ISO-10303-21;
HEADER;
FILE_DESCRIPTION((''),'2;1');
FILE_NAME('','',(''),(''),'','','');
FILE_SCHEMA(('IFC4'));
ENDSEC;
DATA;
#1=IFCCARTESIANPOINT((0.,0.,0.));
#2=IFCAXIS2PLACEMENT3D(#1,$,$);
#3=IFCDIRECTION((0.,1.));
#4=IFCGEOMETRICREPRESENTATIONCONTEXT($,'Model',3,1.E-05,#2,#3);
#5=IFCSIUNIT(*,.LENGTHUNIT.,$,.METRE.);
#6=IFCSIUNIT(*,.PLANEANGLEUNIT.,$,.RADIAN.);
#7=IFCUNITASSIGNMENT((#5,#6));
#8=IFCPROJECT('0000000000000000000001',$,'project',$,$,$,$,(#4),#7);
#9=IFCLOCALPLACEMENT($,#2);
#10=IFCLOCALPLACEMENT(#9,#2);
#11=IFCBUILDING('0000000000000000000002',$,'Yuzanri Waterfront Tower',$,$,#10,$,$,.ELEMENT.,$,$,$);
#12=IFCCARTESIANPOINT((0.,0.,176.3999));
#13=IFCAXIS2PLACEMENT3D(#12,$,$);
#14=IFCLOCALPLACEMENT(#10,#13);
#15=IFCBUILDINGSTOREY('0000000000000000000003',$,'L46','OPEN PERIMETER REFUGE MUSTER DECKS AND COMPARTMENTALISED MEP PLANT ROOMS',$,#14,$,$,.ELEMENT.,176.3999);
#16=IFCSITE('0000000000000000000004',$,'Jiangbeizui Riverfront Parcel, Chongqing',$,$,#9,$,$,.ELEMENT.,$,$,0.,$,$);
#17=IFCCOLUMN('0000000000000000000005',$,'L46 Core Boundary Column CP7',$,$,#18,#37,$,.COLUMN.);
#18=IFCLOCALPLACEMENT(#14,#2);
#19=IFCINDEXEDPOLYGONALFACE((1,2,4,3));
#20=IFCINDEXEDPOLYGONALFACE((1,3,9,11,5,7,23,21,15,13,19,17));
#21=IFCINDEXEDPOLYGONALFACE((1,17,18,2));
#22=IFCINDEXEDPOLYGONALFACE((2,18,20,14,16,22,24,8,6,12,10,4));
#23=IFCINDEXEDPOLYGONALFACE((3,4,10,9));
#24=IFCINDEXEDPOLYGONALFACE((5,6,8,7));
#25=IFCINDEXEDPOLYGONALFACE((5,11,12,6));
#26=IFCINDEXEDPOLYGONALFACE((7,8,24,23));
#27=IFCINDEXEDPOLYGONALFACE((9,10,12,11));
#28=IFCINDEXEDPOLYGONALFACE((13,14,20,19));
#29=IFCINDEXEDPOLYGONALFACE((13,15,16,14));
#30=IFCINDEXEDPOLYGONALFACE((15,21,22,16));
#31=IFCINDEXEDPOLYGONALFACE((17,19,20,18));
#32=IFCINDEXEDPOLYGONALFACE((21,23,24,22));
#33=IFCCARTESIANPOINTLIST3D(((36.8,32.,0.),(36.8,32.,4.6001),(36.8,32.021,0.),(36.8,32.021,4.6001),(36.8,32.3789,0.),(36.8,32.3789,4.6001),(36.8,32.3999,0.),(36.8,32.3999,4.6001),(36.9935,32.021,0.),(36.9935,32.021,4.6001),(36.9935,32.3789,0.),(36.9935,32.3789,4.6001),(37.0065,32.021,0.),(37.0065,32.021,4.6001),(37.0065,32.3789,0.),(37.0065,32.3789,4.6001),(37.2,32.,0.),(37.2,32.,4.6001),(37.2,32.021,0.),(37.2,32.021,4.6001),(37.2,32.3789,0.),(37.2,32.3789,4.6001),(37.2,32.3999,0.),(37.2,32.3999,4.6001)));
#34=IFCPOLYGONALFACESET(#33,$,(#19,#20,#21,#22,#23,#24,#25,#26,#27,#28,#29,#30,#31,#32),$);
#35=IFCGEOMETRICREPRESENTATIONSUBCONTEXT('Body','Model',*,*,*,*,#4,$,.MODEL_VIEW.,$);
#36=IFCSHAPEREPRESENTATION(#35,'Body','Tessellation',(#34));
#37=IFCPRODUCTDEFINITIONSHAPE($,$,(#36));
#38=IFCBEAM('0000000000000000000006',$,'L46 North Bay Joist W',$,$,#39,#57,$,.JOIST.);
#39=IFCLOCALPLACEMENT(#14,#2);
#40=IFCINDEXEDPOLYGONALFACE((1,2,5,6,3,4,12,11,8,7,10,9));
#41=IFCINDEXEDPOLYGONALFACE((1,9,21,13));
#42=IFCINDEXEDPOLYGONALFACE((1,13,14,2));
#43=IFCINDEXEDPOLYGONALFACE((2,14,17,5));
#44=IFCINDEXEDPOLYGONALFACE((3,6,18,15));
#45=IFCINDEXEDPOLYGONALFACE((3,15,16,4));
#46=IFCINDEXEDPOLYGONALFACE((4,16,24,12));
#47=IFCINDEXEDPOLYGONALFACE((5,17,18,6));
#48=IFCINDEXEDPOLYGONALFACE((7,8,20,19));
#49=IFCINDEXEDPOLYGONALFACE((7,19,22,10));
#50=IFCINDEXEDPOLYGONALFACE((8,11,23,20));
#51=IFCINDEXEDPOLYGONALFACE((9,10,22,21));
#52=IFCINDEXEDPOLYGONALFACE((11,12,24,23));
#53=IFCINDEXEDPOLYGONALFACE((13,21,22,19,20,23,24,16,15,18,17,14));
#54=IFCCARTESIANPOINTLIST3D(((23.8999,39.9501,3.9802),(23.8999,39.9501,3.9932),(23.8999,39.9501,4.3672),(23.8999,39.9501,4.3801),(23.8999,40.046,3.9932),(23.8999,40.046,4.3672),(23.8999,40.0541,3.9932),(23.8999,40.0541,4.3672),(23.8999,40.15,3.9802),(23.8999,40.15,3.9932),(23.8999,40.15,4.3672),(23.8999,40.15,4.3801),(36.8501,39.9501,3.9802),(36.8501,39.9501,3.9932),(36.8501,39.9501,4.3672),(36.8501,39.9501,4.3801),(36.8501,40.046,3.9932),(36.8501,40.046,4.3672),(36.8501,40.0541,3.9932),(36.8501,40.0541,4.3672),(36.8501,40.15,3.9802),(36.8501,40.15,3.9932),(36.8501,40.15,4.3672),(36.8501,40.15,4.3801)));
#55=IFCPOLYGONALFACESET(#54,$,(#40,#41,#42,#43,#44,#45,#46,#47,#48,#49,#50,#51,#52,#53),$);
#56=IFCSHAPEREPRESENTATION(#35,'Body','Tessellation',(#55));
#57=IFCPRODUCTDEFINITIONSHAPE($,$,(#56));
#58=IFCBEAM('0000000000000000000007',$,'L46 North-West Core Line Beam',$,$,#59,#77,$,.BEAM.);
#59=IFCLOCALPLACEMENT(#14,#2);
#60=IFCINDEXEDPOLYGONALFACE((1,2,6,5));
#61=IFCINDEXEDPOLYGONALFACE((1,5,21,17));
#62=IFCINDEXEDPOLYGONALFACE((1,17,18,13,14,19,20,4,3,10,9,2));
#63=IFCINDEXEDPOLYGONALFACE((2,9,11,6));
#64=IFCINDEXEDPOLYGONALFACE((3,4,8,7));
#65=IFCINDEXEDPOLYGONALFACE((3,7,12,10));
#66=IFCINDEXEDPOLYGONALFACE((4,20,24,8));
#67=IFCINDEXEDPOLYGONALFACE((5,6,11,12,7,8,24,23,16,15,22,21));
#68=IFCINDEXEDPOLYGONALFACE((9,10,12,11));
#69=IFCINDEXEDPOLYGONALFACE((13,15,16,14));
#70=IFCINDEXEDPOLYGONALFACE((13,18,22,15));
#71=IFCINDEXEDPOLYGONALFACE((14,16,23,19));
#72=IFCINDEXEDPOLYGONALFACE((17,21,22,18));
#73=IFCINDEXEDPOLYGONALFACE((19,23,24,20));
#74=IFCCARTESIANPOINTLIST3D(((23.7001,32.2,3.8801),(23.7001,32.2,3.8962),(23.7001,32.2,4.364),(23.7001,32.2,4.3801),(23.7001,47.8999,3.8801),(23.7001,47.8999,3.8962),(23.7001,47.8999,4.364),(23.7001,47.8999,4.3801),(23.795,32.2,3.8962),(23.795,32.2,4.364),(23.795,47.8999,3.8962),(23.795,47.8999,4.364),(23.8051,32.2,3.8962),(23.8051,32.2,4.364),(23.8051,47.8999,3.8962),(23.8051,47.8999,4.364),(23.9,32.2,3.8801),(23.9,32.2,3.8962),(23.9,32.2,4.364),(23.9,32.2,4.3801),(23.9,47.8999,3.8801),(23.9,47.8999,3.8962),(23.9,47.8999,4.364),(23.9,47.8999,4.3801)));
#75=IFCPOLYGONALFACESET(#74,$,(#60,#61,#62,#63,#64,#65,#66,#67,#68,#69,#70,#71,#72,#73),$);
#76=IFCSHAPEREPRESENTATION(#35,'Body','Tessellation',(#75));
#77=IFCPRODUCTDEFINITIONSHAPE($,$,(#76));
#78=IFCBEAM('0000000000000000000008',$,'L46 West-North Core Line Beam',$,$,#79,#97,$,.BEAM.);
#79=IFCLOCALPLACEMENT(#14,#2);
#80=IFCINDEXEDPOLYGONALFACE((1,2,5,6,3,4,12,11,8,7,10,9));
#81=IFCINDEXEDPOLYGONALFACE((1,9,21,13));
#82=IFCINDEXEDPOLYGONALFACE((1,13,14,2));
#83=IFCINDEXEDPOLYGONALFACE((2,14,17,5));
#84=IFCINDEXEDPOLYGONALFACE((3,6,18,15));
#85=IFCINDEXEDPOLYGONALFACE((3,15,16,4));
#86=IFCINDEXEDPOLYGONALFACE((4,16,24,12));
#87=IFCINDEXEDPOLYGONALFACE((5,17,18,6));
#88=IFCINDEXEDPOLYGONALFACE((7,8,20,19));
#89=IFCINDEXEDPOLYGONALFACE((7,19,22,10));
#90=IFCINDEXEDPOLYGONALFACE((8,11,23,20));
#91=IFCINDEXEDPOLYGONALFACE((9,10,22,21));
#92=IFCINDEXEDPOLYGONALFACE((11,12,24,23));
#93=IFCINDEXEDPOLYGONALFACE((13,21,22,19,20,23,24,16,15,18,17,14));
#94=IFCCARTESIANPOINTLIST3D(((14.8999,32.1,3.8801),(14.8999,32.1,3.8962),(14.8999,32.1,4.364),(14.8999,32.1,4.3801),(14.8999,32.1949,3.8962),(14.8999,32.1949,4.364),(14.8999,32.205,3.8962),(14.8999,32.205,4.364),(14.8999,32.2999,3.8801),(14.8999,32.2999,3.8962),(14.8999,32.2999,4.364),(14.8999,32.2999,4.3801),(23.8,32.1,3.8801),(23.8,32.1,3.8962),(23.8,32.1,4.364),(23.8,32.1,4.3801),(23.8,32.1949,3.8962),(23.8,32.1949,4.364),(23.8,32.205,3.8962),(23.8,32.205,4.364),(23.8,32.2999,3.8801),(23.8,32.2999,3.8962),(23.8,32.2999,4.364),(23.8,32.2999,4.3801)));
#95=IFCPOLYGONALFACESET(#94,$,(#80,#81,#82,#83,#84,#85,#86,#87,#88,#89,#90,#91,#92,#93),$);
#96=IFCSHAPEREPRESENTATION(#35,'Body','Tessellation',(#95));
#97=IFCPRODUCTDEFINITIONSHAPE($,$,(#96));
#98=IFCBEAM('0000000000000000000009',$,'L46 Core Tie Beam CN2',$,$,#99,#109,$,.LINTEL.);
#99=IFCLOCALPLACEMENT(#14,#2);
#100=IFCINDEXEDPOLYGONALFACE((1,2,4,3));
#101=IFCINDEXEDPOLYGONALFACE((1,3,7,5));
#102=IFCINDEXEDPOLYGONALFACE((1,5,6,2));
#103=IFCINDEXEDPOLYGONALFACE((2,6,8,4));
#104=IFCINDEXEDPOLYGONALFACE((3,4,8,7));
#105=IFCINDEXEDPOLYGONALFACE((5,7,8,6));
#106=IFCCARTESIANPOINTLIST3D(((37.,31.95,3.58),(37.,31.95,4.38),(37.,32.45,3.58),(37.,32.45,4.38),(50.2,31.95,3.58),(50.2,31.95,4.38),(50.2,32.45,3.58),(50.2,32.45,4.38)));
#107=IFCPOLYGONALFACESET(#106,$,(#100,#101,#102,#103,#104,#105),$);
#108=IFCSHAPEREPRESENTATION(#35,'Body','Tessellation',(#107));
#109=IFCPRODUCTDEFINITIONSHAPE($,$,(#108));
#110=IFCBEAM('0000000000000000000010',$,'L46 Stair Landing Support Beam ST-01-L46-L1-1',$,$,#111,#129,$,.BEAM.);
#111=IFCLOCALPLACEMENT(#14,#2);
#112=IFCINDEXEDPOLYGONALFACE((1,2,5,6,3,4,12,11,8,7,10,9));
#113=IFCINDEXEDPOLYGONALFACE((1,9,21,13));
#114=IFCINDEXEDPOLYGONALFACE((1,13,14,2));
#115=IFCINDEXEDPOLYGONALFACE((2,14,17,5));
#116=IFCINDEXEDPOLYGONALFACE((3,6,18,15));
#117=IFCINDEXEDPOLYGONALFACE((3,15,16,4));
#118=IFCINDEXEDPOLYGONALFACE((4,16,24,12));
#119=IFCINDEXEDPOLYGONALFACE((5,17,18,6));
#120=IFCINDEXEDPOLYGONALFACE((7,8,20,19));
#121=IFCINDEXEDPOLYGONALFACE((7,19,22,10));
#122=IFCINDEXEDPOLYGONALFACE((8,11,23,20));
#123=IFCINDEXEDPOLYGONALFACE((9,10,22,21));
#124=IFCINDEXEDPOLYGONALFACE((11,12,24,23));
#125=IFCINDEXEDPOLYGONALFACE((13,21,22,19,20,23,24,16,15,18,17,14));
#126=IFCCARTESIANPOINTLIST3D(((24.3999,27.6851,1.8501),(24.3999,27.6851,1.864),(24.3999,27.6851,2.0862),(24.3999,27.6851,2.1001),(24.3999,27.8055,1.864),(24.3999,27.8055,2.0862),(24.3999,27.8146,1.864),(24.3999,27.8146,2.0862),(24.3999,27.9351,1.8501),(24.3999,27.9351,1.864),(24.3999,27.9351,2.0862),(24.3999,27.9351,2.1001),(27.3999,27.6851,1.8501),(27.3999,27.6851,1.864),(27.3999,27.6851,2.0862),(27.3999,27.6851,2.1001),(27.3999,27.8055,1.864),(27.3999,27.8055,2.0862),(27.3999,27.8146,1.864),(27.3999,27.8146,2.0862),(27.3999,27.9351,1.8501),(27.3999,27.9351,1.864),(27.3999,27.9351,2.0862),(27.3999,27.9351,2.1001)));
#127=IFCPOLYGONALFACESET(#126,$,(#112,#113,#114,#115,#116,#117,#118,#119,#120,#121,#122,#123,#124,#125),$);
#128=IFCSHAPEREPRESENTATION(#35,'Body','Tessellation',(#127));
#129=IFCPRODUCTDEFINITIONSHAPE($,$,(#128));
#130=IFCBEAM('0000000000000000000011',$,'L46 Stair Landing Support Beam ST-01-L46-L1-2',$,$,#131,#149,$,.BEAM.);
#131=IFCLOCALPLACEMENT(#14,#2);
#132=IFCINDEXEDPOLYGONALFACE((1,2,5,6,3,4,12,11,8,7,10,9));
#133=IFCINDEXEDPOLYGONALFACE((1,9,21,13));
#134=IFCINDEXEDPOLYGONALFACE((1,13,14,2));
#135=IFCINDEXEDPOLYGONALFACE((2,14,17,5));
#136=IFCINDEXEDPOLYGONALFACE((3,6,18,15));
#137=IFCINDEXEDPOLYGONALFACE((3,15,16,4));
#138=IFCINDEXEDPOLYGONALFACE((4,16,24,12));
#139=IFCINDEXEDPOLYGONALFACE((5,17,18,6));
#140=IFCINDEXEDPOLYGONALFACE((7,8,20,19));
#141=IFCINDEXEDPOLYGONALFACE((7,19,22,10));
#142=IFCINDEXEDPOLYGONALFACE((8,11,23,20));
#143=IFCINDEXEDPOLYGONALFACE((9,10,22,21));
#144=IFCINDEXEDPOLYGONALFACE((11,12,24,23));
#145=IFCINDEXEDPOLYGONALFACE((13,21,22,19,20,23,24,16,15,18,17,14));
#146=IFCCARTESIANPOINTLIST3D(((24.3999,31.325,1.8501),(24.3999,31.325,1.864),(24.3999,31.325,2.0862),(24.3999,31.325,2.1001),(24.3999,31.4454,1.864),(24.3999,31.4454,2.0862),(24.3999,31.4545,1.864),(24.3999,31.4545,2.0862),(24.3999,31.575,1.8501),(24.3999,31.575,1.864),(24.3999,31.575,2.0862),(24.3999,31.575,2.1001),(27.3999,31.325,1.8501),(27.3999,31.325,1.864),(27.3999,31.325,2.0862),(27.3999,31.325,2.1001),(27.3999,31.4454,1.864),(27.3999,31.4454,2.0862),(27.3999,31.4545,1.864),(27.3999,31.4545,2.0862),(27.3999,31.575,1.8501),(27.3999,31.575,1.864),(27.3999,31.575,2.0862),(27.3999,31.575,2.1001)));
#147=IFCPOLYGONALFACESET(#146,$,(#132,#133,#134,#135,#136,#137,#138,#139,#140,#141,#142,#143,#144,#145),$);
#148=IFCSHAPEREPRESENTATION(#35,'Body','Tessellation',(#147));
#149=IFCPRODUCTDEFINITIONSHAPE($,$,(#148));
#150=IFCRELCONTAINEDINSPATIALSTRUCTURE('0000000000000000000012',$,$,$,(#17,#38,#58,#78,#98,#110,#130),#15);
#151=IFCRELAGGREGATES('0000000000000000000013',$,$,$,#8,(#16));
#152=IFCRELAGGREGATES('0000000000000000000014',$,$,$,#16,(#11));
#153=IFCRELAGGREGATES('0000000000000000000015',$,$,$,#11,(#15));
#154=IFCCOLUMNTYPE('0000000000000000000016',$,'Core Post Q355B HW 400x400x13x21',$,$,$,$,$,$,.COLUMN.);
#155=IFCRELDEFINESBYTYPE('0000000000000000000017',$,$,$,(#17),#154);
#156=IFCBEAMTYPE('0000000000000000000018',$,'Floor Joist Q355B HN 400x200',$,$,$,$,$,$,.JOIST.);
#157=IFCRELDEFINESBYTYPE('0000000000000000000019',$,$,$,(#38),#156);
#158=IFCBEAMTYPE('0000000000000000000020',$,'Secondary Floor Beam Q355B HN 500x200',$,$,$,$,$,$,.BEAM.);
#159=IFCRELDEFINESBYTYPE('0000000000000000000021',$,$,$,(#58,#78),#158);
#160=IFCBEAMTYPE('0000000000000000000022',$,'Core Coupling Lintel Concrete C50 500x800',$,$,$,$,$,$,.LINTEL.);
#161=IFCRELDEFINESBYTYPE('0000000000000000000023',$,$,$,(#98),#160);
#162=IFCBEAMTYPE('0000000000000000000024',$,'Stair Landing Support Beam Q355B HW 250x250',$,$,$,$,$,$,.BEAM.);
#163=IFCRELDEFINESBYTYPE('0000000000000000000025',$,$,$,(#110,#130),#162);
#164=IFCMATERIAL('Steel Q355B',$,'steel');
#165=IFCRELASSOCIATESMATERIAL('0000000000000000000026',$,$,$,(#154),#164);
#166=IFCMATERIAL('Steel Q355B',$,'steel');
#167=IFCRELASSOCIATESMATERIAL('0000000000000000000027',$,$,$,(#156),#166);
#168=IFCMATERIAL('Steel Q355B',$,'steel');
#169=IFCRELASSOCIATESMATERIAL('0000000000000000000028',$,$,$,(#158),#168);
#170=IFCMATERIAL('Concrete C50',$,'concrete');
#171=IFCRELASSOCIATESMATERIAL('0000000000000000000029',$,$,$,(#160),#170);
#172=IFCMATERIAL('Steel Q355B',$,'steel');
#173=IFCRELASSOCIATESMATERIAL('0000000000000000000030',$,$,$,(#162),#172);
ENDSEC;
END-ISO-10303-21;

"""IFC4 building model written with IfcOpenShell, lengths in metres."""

from ifc_helpers import new_model, si_unit, direction, frame, origin, origin_2d, place, context, subcontext, project, spatial, rectangle, i_section, extrude, source, transform, mapped, material, material_profile, profile_set, type_object, element, save


model = new_model("IFC4")

# Units and contexts
model_context = context("Model", 3, precision=1e-05, world=origin(), true_north=direction((0.0, 1.0)))
body_context = subcontext(model_context, "Body", "Model", "MODEL_VIEW")
ifc_project = project(units=[si_unit("LENGTHUNIT", "METRE"), si_unit("PLANEANGLEUNIT", "RADIAN")], contexts=[model_context])

# Site, building, storey
site_placement = place(None, origin())
site = spatial("IfcSite", under=ifc_project, at=site_placement, Name="Jiangbeizui Riverfront Parcel, Chongqing", CompositionType="ELEMENT", RefElevation=0.0)
building_placement = place(site_placement, origin())
building = spatial("IfcBuilding", under=site, at=building_placement, Name="Yuzanri Waterfront Tower", CompositionType="ELEMENT")
storey_placement = place(building_placement, frame((0.0, 0.0, 176.3999)))
storey = spatial("IfcBuildingStorey", under=building, at=storey_placement, Name="L46", Description="OPEN PERIMETER REFUGE MUSTER DECKS AND COMPARTMENTALISED MEP PLANT ROOMS", CompositionType="ELEMENT", Elevation=176.3999)

# Column
ifc_material_1 = material(Name="Steel Q355B", Category="steel")
ifc_material_profile_1 = material_profile(ifc_material_1, i_section(OverallWidth=0.3999, OverallDepth=0.3999, WebThickness=0.0129, FlangeThickness=0.021, at=origin_2d()), Name="HW 400x400x13x21")
ifc_profile_set_1 = profile_set([ifc_material_profile_1], Name="Steel Q355B")
column_type = type_object("IfcColumnType", Name="Core Post Q355B HW 400x400x13x21", PredefinedType="COLUMN", material=ifc_profile_set_1)
shared_shape_1 = source(origin(), body_context, "Body", "SweptSolid", [
    extrude(i_section(OverallWidth=0.3999, OverallDepth=0.3999, WebThickness=0.0129, FlangeThickness=0.021, at=origin_2d()), origin(), (0.0, 0.0, 1.0), 4.6001),
])
column_placement = place(storey_placement, frame((37.0, 32.2, 0.0), z_axis=(0.0, 0.0, 1.0), x_axis=(1.0, 0.0, 0.0)))
element("IfcColumn", 1, at=column_placement, inside=storey, type_object=column_type, Name="L46 Core Boundary Column CP7", PredefinedType="COLUMN", context=body_context, shape_type="MappedRepresentation", body=[
    mapped(shared_shape_1, transform((0.0, 0.0, 0.0), scale=1.0)),
])

# Beams
ifc_material_2 = material(Name="Steel Q355B", Category="steel")
ifc_material_profile_2 = material_profile(ifc_material_2, i_section(OverallWidth=0.2, OverallDepth=0.3999, WebThickness=0.0081, FlangeThickness=0.0129, at=origin_2d()), Name="HN 400x200x8x13")
ifc_profile_set_2 = profile_set([ifc_material_profile_2], Name="Steel Q355B")
beam_type_1 = type_object("IfcBeamType", Name="Floor Joist Q355B HN 400x200", PredefinedType="JOIST", material=ifc_profile_set_2)
shared_shape_2 = source(origin(), body_context, "Body", "SweptSolid", [
    extrude(i_section(OverallWidth=0.2, OverallDepth=0.3999, WebThickness=0.0081, FlangeThickness=0.0129, at=origin_2d()), origin(), (0.0, 0.0, 1.0), 12.9502),
])
beam_1_placement = place(storey_placement, frame((23.8999, 40.05, 4.1802), z_axis=(1.0, 0.0, 0.0), x_axis=(0.0, 1.0, 0.0)))
element("IfcBeam", 2, at=beam_1_placement, inside=storey, type_object=beam_type_1, Name="L46 North Bay Joist W", PredefinedType="JOIST", context=body_context, shape_type="MappedRepresentation", body=[
    mapped(shared_shape_2, transform((0.0, 0.0, 0.0), scale=1.0)),
])
ifc_material_3 = material(Name="Steel Q355B", Category="steel")
ifc_material_profile_3 = material_profile(ifc_material_3, i_section(OverallWidth=0.2, OverallDepth=0.5, WebThickness=0.01, FlangeThickness=0.0161, at=origin_2d()), Name="HN 500x200x10x16")
ifc_profile_set_3 = profile_set([ifc_material_profile_3], Name="Steel Q355B")
beam_type_2 = type_object("IfcBeamType", Name="Secondary Floor Beam Q355B HN 500x200", PredefinedType="BEAM", material=ifc_profile_set_3)
shared_shape_3 = source(origin(), body_context, "Body", "SweptSolid", [
    extrude(i_section(OverallWidth=0.2, OverallDepth=0.5, WebThickness=0.01, FlangeThickness=0.0161, at=origin_2d()), origin(), (0.0, 0.0, 1.0), 15.7),
])
beam_2_placement = place(storey_placement, frame((23.8, 32.2, 4.1301), z_axis=(0.0, 1.0, 0.0), x_axis=(-1.0, 0.0, 0.0)))
element("IfcBeam", 3, at=beam_2_placement, inside=storey, type_object=beam_type_2, Name="L46 North-West Core Line Beam", PredefinedType="BEAM", context=body_context, shape_type="MappedRepresentation", body=[
    mapped(shared_shape_3, transform((0.0, 0.0, 0.0), scale=1.0)),
])
shared_shape_4 = source(origin(), body_context, "Body", "SweptSolid", [
    extrude(i_section(OverallWidth=0.2, OverallDepth=0.5, WebThickness=0.01, FlangeThickness=0.0161, at=origin_2d()), origin(), (0.0, 0.0, 1.0), 8.9001),
])
beam_3_placement = place(storey_placement, frame((23.8, 32.2, 4.1301), z_axis=(-1.0, 0.0, 0.0), x_axis=(0.0, -1.0, 0.0)))
element("IfcBeam", 4, at=beam_3_placement, inside=storey, type_object=beam_type_2, Name="L46 West-North Core Line Beam", PredefinedType="BEAM", context=body_context, shape_type="MappedRepresentation", body=[
    mapped(shared_shape_4, transform((0.0, 0.0, 0.0), scale=1.0)),
])
ifc_material_4 = material(Name="Concrete C50", Category="concrete")
ifc_material_profile_4 = material_profile(ifc_material_4, rectangle(XDim=0.5, YDim=0.8, at=origin_2d()), Name="RC 500x800")
ifc_profile_set_4 = profile_set([ifc_material_profile_4], Name="Concrete C50")
beam_type_3 = type_object("IfcBeamType", Name="Core Coupling Lintel Concrete C50 500x800", PredefinedType="LINTEL", material=ifc_profile_set_4)
shared_shape_5 = source(origin(), body_context, "Body", "SweptSolid", [
    extrude(rectangle(XDim=0.5, YDim=0.8, at=origin_2d()), origin(), (0.0, 0.0, 1.0), 13.2),
])
beam_4_placement = place(storey_placement, frame((37.0, 32.2, 3.98), z_axis=(1.0, 0.0, 0.0), x_axis=(0.0, 1.0, 0.0)))
element("IfcBeam", 5, at=beam_4_placement, inside=storey, type_object=beam_type_3, Name="L46 Core Tie Beam CN2", PredefinedType="LINTEL", context=body_context, shape_type="MappedRepresentation", body=[
    mapped(shared_shape_5, transform((0.0, 0.0, 0.0), scale=1.0)),
])
ifc_material_5 = material(Name="Steel Q355B", Category="steel")
ifc_material_profile_5 = material_profile(ifc_material_5, i_section(OverallWidth=0.25, OverallDepth=0.25, WebThickness=0.009, FlangeThickness=0.0139, at=origin_2d()), Name="HW 250x250x9x14")
ifc_profile_set_5 = profile_set([ifc_material_profile_5], Name="Steel Q355B")
beam_type_4 = type_object("IfcBeamType", Name="Stair Landing Support Beam Q355B HW 250x250", PredefinedType="BEAM", material=ifc_profile_set_5)
shared_shape_6 = source(origin(), body_context, "Body", "SweptSolid", [
    extrude(i_section(OverallWidth=0.25, OverallDepth=0.25, WebThickness=0.009, FlangeThickness=0.0139, at=origin_2d()), origin(), (0.0, 0.0, 1.0), 3.0),
])
for number, where, z_axis, x_axis, name in (
    (6, (24.3999, 27.8101, 1.9751), (1.0, 0.0, 0.0), (0.0, 1.0, 0.0), "L46 Stair Landing Support Beam ST-01-L46-L1-1"),
    (7, (24.3999, 31.45, 1.9751), (1.0, 0.0, 0.0), (0.0, 1.0, 0.0), "L46 Stair Landing Support Beam ST-01-L46-L1-2"),
):
    element("IfcBeam", number, at=place(storey_placement, frame(where, z_axis=z_axis, x_axis=x_axis)), inside=storey, type_object=beam_type_4, Name=name, PredefinedType="BEAM", context=body_context, shape_type="MappedRepresentation", body=[
        mapped(shared_shape_6, transform((0.0, 0.0, 0.0), scale=1.0)),
    ])

save(model, "model.ifc")
